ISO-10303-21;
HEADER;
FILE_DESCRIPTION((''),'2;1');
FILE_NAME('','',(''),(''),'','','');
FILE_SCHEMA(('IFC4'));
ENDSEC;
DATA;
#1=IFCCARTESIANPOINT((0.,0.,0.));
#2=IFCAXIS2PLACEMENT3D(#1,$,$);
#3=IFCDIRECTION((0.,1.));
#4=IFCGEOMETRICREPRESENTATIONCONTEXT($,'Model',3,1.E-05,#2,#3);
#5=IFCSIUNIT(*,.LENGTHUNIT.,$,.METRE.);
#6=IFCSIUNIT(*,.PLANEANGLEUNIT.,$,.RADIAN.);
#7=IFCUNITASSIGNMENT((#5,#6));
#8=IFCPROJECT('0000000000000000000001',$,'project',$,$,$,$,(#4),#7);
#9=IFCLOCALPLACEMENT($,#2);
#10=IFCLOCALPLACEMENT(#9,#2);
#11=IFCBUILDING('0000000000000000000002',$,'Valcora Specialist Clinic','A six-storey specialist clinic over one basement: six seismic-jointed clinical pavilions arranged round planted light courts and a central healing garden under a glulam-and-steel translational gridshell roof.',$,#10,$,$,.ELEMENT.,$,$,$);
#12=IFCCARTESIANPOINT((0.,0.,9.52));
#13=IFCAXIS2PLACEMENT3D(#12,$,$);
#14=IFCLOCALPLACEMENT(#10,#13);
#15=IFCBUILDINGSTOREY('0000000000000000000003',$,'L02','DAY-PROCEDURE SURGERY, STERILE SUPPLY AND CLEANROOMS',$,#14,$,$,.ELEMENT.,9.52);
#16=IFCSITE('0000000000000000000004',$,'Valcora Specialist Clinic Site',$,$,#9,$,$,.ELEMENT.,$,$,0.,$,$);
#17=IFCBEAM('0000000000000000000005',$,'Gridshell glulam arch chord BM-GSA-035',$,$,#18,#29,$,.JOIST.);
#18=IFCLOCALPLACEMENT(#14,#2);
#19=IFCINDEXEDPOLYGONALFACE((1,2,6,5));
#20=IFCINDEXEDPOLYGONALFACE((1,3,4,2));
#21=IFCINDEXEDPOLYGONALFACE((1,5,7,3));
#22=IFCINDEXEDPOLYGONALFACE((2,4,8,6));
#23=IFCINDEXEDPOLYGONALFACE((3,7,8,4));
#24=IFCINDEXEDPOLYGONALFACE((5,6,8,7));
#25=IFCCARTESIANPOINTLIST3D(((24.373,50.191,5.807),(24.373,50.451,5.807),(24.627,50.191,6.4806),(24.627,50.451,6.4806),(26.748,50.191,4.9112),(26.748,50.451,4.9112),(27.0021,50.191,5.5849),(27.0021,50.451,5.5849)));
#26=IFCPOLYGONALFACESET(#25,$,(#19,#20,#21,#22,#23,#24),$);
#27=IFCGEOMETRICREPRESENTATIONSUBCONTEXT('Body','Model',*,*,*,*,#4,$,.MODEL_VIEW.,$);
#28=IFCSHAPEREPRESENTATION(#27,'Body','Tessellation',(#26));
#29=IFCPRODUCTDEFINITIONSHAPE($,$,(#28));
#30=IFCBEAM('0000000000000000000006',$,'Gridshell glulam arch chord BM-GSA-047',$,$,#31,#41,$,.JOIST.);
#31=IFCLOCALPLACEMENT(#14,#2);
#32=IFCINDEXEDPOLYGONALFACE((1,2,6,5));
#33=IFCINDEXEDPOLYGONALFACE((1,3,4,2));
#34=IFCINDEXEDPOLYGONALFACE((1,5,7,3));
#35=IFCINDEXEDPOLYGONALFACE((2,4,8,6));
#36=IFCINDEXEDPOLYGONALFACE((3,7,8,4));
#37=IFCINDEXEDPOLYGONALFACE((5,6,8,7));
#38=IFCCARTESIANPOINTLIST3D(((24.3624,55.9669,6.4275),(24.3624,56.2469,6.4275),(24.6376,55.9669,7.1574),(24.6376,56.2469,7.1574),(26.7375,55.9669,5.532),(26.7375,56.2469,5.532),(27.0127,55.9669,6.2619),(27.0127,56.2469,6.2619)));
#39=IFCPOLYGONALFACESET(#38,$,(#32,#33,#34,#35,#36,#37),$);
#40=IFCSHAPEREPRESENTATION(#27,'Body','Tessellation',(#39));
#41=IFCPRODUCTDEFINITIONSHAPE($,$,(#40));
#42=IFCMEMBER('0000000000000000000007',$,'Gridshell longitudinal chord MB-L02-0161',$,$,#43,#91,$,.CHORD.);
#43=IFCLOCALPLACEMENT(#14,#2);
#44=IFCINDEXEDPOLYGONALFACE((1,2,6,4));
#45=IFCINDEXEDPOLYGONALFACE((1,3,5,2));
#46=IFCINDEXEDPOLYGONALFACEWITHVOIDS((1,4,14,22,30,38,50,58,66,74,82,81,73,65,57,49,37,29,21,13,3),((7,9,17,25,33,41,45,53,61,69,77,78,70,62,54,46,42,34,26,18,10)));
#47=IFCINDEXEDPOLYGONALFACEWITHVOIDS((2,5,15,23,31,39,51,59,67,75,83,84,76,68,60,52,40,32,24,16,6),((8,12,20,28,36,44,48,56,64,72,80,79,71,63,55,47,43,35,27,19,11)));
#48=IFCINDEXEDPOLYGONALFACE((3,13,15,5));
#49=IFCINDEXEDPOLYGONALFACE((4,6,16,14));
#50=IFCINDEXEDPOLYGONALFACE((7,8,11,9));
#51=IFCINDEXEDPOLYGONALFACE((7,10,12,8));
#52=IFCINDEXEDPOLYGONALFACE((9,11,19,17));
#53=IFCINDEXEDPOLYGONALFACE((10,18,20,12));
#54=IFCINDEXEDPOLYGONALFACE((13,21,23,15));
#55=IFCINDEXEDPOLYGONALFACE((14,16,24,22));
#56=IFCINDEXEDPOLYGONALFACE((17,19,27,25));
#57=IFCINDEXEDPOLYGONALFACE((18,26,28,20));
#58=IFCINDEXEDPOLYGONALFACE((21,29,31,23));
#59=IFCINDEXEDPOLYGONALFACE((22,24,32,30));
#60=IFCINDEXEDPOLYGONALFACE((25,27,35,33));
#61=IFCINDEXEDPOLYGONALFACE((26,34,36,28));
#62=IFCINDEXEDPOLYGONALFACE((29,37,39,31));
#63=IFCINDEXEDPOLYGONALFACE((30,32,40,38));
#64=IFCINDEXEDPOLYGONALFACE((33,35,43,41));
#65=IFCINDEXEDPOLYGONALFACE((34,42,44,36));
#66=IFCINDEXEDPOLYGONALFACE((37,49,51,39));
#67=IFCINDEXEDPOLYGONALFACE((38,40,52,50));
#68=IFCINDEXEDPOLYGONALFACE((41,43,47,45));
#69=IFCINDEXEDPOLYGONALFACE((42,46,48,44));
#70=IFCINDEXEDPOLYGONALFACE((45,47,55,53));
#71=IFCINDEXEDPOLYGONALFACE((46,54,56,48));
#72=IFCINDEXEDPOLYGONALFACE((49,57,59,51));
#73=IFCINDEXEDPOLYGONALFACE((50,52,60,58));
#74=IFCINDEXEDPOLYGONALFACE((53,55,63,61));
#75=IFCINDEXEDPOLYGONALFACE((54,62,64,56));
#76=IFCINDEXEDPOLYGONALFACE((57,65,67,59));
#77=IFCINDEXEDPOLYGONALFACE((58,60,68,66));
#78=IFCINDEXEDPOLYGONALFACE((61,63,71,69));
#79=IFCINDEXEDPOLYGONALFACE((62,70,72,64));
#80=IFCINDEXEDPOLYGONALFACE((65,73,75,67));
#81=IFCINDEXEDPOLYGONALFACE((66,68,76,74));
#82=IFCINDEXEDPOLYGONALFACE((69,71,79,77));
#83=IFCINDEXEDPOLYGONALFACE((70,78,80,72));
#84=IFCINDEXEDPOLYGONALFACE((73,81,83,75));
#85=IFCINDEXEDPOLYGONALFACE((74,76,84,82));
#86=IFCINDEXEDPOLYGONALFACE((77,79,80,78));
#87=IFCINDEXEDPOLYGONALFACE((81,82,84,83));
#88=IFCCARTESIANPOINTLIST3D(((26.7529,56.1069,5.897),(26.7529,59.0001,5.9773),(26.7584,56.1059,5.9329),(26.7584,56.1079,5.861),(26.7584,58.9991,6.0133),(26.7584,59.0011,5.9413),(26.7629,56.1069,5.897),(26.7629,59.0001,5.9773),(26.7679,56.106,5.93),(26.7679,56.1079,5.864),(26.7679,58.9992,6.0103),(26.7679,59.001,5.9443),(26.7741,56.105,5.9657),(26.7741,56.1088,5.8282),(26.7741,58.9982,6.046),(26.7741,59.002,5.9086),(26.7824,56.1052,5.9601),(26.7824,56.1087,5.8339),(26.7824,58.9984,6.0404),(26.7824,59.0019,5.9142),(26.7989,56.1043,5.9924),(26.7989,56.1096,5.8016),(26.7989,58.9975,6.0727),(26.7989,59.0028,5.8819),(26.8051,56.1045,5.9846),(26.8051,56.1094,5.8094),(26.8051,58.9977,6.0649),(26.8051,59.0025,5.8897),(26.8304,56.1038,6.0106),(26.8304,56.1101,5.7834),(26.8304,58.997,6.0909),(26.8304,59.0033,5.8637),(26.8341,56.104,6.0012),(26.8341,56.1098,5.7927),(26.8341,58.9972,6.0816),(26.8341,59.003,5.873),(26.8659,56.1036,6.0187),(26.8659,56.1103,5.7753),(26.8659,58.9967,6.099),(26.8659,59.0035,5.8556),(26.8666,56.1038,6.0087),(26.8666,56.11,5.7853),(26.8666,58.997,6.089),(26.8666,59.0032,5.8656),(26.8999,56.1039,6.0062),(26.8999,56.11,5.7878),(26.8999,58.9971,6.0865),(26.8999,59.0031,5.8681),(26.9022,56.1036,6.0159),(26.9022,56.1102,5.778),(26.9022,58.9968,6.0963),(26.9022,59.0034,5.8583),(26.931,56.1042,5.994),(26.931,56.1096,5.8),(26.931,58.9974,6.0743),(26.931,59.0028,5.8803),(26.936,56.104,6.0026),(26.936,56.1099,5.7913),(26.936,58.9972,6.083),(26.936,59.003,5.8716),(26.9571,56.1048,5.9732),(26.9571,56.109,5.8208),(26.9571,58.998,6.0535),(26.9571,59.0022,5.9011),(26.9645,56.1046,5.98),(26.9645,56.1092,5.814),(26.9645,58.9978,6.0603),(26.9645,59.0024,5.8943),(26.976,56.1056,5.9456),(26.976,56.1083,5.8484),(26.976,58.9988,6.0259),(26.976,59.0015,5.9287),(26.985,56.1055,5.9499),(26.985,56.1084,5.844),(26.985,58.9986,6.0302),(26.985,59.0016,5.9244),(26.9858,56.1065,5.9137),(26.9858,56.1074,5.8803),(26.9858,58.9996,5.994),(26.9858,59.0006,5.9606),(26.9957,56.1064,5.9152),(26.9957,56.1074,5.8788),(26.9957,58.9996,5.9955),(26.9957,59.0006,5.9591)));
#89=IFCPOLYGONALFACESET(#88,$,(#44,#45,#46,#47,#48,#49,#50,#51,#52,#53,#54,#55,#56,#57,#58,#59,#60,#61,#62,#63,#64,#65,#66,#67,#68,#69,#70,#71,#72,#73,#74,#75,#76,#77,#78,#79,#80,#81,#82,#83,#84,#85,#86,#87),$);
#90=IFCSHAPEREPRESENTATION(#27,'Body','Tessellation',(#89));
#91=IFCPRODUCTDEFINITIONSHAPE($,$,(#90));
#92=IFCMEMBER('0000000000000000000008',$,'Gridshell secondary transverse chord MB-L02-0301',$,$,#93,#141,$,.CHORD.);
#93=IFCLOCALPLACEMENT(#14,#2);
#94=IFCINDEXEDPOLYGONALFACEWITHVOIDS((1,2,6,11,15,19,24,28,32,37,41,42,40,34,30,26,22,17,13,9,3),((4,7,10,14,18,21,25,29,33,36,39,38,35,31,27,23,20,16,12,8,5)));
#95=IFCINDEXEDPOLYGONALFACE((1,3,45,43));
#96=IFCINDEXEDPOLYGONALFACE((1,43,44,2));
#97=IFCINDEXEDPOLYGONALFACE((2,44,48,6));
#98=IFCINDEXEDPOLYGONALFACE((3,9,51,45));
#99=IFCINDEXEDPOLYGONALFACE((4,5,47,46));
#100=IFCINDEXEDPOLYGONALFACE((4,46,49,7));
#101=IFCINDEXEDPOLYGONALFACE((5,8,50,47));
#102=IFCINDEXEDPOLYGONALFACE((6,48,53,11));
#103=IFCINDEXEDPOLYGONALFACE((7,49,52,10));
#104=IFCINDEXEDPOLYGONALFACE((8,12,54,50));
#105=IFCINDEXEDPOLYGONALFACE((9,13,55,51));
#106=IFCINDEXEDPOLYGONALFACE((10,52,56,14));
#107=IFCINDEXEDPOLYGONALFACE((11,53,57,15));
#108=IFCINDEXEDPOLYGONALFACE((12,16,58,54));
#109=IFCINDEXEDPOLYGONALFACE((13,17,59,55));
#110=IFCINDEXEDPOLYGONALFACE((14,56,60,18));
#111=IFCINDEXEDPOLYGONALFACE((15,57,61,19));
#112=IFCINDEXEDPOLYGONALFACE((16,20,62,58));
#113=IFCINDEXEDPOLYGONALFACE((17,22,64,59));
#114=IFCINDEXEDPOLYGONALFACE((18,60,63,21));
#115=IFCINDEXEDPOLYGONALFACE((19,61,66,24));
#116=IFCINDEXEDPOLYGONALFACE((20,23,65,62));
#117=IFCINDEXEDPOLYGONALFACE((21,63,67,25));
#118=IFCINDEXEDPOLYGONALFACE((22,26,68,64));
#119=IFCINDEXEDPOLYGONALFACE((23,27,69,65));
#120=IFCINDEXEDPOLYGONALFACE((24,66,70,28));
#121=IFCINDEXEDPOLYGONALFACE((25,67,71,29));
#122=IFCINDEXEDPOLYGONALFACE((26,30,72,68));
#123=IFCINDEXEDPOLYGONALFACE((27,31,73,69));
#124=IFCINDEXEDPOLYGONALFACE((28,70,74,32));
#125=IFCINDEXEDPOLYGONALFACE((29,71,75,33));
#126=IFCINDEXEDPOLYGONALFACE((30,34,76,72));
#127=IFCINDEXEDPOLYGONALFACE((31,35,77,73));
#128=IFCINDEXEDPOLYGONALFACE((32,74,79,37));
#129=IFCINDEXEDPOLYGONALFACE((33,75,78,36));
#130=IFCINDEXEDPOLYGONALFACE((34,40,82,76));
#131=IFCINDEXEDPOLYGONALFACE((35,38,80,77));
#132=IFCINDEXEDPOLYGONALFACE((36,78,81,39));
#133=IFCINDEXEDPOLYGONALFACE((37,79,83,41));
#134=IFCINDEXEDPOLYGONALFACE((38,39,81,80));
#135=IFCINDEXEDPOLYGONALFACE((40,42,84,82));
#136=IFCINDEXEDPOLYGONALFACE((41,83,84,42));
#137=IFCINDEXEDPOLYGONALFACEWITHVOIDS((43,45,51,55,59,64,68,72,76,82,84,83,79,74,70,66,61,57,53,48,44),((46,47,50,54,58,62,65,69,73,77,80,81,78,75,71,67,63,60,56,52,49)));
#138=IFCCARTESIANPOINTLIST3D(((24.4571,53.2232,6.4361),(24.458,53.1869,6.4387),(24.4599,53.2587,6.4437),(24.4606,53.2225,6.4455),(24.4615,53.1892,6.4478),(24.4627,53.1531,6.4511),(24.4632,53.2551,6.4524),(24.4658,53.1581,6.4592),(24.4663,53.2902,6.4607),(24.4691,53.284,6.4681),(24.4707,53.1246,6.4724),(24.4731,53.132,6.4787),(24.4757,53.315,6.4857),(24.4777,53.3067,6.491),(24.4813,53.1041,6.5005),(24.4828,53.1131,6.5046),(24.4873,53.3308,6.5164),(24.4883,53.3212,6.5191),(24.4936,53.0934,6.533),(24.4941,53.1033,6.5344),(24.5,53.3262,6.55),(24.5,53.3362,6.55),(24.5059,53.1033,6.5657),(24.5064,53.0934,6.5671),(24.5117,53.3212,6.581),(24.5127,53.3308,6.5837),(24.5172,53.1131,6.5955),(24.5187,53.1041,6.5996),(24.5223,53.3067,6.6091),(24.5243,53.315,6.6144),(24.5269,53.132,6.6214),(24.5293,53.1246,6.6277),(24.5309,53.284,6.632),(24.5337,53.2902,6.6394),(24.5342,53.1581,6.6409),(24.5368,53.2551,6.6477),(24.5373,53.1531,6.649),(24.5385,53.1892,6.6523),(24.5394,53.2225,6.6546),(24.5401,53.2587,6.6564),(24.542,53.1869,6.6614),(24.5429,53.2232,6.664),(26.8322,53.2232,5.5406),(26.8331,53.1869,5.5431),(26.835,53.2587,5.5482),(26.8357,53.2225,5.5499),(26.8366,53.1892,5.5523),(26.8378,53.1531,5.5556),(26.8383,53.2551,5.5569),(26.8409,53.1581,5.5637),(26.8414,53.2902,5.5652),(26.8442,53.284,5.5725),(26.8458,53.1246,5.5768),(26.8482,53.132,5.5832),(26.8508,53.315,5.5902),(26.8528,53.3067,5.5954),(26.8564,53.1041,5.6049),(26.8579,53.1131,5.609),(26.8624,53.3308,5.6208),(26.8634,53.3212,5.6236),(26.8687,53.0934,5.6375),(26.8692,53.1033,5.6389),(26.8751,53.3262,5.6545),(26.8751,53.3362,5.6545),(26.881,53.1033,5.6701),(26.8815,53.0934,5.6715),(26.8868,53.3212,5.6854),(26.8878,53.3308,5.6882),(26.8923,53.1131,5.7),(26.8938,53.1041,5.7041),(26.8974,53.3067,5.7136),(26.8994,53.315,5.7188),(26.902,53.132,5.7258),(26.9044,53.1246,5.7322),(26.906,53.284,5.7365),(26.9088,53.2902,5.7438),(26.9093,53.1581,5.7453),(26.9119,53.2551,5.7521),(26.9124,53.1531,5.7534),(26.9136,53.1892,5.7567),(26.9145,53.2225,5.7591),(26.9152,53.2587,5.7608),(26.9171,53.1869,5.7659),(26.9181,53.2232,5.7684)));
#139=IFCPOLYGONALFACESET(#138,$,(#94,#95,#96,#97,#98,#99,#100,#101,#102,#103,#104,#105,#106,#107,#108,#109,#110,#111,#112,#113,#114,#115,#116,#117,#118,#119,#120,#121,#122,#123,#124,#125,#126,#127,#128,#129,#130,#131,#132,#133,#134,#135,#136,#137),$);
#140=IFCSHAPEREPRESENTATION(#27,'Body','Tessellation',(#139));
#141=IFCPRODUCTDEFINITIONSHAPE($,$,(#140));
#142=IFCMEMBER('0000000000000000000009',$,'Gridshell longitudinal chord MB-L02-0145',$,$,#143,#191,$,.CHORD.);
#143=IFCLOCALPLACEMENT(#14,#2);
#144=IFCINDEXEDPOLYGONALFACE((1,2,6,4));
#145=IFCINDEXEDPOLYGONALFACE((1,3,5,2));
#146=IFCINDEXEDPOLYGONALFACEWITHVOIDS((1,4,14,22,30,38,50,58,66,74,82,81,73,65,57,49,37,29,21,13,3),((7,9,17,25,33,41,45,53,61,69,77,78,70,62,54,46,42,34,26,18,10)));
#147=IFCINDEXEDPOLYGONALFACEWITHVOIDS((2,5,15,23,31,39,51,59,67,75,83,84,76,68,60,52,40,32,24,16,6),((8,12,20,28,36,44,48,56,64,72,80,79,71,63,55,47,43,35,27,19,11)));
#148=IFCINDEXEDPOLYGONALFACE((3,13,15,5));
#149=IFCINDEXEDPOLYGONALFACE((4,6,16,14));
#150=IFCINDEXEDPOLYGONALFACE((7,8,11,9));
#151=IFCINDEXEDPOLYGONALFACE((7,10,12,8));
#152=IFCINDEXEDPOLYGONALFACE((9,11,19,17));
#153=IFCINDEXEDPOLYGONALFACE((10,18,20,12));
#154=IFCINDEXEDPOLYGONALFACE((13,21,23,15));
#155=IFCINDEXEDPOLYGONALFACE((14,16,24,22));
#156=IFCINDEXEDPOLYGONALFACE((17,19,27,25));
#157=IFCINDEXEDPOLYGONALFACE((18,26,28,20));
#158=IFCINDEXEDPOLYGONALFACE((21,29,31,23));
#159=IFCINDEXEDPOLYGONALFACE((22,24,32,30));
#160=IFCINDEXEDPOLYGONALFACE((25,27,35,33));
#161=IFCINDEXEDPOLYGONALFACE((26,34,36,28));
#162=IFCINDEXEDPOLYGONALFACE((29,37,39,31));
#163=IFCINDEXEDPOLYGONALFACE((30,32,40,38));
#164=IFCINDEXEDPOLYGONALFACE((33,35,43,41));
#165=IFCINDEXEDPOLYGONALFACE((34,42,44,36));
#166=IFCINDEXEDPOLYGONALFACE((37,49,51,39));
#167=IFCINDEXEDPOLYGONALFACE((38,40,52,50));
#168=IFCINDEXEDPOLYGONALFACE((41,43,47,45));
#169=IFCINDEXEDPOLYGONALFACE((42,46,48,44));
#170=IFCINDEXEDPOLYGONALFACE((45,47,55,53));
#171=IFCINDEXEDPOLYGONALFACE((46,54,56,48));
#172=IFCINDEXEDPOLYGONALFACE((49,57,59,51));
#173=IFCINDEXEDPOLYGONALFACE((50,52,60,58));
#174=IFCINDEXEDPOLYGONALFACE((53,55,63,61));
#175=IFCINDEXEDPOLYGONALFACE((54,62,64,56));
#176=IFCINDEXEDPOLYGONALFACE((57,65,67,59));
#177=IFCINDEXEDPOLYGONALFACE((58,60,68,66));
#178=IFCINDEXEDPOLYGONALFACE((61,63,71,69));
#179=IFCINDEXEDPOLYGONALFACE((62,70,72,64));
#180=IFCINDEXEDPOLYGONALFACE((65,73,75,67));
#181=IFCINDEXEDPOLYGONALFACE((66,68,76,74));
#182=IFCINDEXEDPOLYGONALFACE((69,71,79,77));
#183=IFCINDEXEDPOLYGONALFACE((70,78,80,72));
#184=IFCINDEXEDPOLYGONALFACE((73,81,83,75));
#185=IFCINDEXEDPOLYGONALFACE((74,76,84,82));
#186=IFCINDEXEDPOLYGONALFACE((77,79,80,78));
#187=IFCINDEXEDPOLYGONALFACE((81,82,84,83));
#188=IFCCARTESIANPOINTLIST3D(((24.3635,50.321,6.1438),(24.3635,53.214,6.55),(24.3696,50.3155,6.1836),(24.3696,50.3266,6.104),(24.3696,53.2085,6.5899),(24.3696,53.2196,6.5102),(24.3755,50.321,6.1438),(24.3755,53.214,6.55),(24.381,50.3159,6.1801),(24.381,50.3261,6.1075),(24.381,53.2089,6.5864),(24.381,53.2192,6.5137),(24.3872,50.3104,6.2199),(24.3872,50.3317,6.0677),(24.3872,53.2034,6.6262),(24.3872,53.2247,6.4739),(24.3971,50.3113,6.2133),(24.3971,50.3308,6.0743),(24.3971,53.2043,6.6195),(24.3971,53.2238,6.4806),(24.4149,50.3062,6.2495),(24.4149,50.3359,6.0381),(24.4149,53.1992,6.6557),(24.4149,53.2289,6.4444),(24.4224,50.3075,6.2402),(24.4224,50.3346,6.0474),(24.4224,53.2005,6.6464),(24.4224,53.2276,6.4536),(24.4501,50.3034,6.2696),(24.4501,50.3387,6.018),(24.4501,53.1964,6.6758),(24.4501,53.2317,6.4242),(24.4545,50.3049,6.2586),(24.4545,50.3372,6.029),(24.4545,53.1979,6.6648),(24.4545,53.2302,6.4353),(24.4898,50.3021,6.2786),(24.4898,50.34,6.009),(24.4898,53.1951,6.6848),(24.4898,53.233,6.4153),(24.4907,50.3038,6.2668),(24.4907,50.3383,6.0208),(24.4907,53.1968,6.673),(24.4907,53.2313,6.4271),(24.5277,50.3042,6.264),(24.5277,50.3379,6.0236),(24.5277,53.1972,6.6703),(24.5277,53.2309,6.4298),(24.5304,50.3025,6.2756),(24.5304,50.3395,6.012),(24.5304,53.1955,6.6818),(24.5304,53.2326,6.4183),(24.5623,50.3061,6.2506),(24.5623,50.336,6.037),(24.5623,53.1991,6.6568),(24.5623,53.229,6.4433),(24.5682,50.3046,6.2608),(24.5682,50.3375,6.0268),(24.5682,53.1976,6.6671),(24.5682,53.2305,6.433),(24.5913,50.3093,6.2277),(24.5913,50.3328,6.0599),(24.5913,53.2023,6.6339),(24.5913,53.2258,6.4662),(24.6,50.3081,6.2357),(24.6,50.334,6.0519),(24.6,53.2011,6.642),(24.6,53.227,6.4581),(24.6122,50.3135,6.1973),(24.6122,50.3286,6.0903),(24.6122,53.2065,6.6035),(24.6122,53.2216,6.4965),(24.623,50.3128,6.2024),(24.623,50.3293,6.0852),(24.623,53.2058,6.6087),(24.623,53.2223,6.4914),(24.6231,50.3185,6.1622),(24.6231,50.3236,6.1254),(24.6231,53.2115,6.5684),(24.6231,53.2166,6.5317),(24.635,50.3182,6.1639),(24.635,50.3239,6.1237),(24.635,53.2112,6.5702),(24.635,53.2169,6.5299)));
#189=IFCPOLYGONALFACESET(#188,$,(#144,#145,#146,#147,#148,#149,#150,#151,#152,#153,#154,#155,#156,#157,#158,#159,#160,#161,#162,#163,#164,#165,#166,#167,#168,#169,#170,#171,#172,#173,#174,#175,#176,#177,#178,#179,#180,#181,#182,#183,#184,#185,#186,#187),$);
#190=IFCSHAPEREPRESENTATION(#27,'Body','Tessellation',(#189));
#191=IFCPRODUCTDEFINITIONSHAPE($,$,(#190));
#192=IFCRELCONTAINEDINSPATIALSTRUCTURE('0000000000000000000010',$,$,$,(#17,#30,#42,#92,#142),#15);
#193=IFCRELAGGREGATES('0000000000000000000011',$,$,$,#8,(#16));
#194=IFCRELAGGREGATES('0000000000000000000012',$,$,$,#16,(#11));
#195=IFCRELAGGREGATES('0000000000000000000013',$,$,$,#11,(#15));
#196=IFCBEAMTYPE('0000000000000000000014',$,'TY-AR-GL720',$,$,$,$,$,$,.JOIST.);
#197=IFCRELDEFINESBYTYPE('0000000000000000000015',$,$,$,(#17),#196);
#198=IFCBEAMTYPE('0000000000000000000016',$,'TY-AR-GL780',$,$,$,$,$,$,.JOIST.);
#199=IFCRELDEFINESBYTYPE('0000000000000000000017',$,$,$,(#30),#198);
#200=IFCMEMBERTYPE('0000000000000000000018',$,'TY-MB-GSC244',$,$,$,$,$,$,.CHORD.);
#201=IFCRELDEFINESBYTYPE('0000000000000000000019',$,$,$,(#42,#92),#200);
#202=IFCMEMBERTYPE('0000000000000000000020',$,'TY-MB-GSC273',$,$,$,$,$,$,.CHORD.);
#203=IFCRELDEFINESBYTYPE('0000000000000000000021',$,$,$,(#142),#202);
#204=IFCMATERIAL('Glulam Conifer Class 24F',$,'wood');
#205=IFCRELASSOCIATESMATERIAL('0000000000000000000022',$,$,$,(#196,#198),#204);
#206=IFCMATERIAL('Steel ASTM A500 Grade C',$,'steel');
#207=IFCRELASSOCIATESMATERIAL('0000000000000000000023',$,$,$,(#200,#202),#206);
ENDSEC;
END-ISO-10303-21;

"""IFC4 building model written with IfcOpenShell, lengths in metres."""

from ifc_helpers import new_model, si_unit, direction, frame, origin, origin_2d, place, context, subcontext, project, spatial, rectangle, hollow_circle, extrude, material, material_profile, profile_set, type_object, element, save


model = new_model("IFC4")

# Units and contexts
model_context = context("Model", 3, precision=1e-05, world=origin(), true_north=direction((0.0, 1.0)))
body_context = subcontext(model_context, "Body", "Model", "MODEL_VIEW")
ifc_project = project(units=[si_unit("LENGTHUNIT", "METRE"), si_unit("PLANEANGLEUNIT", "RADIAN")], contexts=[model_context])

# Site, building, storey
site_placement = place(None, origin())
site = spatial("IfcSite", under=ifc_project, at=site_placement, Name="Valcora Specialist Clinic Site", CompositionType="ELEMENT", RefElevation=0.0)
building_placement = place(site_placement, origin())
building = spatial("IfcBuilding", under=site, at=building_placement, Name="Valcora Specialist Clinic", Description="A six-storey specialist clinic over one basement: six seismic-jointed clinical pavilions arranged round planted light courts and a central healing garden under a glulam-and-steel translational gridshell roof.", CompositionType="ELEMENT")
storey_placement = place(building_placement, frame((0.0, 0.0, 9.52)))
storey = spatial("IfcBuildingStorey", under=building, at=storey_placement, Name="L02", Description="DAY-PROCEDURE SURGERY, STERILE SUPPLY AND CLEANROOMS", CompositionType="ELEMENT", Elevation=9.52)

# Beams
ifc_material_1 = material(Name="Glulam Conifer Class 24F", Category="wood")
ifc_material_profile_1 = material_profile(ifc_material_1, rectangle(XDim=0.26, YDim=0.72, at=origin_2d()), Name="GL-ARC-260X720")
ifc_profile_set_1 = profile_set([ifc_material_profile_1], Name="Glulam Conifer Class 24F")
beam_type_1 = type_object("IfcBeamType", Name="TY-AR-GL720", PredefinedType="JOIST", material=ifc_profile_set_1)
beam_1_placement = place(storey_placement, frame((24.5, 50.321, 6.1438), z_axis=(0.935663, 0.0, -0.352894), x_axis=(0.0, 1.0, 0.0)))
element("IfcBeam", 1, at=beam_1_placement, inside=storey, type_object=beam_type_1, Name="Gridshell glulam arch chord BM-GSA-035", PredefinedType="JOIST", context=body_context, shape_type="SweptSolid", body=[
    extrude(rectangle(XDim=0.26, YDim=0.72, at=origin_2d()), origin(), (0.0, 0.0, 1.0), 2.5383),
])
ifc_material_profile_2 = material_profile(ifc_material_1, rectangle(XDim=0.28, YDim=0.78, at=origin_2d()), Name="GL-ARC-280X780")
ifc_profile_set_2 = profile_set([ifc_material_profile_2], Name="Glulam Conifer Class 24F")
beam_type_2 = type_object("IfcBeamType", Name="TY-AR-GL780", PredefinedType="JOIST", material=ifc_profile_set_2)
beam_2_placement = place(storey_placement, frame((24.5, 56.1069, 6.7925), z_axis=(0.935695, 0.0, -0.352809), x_axis=(0.0, 1.0, 0.0)))
element("IfcBeam", 2, at=beam_2_placement, inside=storey, type_object=beam_type_2, Name="Gridshell glulam arch chord BM-GSA-047", PredefinedType="JOIST", context=body_context, shape_type="SweptSolid", body=[
    extrude(rectangle(XDim=0.28, YDim=0.78, at=origin_2d()), origin(), (0.0, 0.0, 1.0), 2.5383),
])

# Members
ifc_material_2 = material(Name="Steel ASTM A500 Grade C", Category="steel")
ifc_material_profile_3 = material_profile(ifc_material_2, hollow_circle(Radius=0.1221, WallThickness=0.01, at=origin_2d()), Name="ST-CHS-244X10")
ifc_profile_set_3 = profile_set([ifc_material_profile_3], Name="Steel ASTM A500 Grade C")
member_type_1 = type_object("IfcMemberType", Name="TY-MB-GSC244", PredefinedType="CHORD", material=ifc_profile_set_3)
member_1_placement = place(storey_placement, frame((26.875, 56.1069, 5.897), z_axis=(0.0, 0.999615, 0.027753), x_axis=(-1.0, 0.0, 0.0)))
element("IfcMember", 3, at=member_1_placement, inside=storey, type_object=member_type_1, Name="Gridshell longitudinal chord MB-L02-0161", PredefinedType="CHORD", context=body_context, shape_type="SweptSolid", body=[
    extrude(hollow_circle(Radius=0.1221, WallThickness=0.01, at=origin_2d()), origin(), (0.0, 0.0, 1.0), 2.8943),
])
member_2_placement = place(storey_placement, frame((24.5, 53.2141, 6.55), z_axis=(0.935695, 0.0, -0.352809), x_axis=(0.0, 1.0, 0.0)))
element("IfcMember", 4, at=member_2_placement, inside=storey, type_object=member_type_1, Name="Gridshell secondary transverse chord MB-L02-0301", PredefinedType="CHORD", context=body_context, shape_type="SweptSolid", body=[
    extrude(hollow_circle(Radius=0.1221, WallThickness=0.01, at=origin_2d()), origin(), (0.0, 0.0, 1.0), 2.5383),
])
ifc_material_profile_4 = material_profile(ifc_material_2, hollow_circle(Radius=0.1365, WallThickness=0.012, at=origin_2d()), Name="ST-CHS-273X12")
ifc_profile_set_4 = profile_set([ifc_material_profile_4], Name="Steel ASTM A500 Grade C")
member_type_2 = type_object("IfcMemberType", Name="TY-MB-GSC273", PredefinedType="CHORD", material=ifc_profile_set_4)
member_3_placement = place(storey_placement, frame((24.5, 50.321, 6.1438), z_axis=(0.0, 0.990284, 0.139058), x_axis=(-1.0, 0.0, 0.0)))
element("IfcMember", 5, at=member_3_placement, inside=storey, type_object=member_type_2, Name="Gridshell longitudinal chord MB-L02-0145", PredefinedType="CHORD", context=body_context, shape_type="SweptSolid", body=[
    extrude(hollow_circle(Radius=0.1365, WallThickness=0.012, at=origin_2d()), origin(), (0.0, 0.0, 1.0), 2.9214),
])

save(model, "model.ifc")
